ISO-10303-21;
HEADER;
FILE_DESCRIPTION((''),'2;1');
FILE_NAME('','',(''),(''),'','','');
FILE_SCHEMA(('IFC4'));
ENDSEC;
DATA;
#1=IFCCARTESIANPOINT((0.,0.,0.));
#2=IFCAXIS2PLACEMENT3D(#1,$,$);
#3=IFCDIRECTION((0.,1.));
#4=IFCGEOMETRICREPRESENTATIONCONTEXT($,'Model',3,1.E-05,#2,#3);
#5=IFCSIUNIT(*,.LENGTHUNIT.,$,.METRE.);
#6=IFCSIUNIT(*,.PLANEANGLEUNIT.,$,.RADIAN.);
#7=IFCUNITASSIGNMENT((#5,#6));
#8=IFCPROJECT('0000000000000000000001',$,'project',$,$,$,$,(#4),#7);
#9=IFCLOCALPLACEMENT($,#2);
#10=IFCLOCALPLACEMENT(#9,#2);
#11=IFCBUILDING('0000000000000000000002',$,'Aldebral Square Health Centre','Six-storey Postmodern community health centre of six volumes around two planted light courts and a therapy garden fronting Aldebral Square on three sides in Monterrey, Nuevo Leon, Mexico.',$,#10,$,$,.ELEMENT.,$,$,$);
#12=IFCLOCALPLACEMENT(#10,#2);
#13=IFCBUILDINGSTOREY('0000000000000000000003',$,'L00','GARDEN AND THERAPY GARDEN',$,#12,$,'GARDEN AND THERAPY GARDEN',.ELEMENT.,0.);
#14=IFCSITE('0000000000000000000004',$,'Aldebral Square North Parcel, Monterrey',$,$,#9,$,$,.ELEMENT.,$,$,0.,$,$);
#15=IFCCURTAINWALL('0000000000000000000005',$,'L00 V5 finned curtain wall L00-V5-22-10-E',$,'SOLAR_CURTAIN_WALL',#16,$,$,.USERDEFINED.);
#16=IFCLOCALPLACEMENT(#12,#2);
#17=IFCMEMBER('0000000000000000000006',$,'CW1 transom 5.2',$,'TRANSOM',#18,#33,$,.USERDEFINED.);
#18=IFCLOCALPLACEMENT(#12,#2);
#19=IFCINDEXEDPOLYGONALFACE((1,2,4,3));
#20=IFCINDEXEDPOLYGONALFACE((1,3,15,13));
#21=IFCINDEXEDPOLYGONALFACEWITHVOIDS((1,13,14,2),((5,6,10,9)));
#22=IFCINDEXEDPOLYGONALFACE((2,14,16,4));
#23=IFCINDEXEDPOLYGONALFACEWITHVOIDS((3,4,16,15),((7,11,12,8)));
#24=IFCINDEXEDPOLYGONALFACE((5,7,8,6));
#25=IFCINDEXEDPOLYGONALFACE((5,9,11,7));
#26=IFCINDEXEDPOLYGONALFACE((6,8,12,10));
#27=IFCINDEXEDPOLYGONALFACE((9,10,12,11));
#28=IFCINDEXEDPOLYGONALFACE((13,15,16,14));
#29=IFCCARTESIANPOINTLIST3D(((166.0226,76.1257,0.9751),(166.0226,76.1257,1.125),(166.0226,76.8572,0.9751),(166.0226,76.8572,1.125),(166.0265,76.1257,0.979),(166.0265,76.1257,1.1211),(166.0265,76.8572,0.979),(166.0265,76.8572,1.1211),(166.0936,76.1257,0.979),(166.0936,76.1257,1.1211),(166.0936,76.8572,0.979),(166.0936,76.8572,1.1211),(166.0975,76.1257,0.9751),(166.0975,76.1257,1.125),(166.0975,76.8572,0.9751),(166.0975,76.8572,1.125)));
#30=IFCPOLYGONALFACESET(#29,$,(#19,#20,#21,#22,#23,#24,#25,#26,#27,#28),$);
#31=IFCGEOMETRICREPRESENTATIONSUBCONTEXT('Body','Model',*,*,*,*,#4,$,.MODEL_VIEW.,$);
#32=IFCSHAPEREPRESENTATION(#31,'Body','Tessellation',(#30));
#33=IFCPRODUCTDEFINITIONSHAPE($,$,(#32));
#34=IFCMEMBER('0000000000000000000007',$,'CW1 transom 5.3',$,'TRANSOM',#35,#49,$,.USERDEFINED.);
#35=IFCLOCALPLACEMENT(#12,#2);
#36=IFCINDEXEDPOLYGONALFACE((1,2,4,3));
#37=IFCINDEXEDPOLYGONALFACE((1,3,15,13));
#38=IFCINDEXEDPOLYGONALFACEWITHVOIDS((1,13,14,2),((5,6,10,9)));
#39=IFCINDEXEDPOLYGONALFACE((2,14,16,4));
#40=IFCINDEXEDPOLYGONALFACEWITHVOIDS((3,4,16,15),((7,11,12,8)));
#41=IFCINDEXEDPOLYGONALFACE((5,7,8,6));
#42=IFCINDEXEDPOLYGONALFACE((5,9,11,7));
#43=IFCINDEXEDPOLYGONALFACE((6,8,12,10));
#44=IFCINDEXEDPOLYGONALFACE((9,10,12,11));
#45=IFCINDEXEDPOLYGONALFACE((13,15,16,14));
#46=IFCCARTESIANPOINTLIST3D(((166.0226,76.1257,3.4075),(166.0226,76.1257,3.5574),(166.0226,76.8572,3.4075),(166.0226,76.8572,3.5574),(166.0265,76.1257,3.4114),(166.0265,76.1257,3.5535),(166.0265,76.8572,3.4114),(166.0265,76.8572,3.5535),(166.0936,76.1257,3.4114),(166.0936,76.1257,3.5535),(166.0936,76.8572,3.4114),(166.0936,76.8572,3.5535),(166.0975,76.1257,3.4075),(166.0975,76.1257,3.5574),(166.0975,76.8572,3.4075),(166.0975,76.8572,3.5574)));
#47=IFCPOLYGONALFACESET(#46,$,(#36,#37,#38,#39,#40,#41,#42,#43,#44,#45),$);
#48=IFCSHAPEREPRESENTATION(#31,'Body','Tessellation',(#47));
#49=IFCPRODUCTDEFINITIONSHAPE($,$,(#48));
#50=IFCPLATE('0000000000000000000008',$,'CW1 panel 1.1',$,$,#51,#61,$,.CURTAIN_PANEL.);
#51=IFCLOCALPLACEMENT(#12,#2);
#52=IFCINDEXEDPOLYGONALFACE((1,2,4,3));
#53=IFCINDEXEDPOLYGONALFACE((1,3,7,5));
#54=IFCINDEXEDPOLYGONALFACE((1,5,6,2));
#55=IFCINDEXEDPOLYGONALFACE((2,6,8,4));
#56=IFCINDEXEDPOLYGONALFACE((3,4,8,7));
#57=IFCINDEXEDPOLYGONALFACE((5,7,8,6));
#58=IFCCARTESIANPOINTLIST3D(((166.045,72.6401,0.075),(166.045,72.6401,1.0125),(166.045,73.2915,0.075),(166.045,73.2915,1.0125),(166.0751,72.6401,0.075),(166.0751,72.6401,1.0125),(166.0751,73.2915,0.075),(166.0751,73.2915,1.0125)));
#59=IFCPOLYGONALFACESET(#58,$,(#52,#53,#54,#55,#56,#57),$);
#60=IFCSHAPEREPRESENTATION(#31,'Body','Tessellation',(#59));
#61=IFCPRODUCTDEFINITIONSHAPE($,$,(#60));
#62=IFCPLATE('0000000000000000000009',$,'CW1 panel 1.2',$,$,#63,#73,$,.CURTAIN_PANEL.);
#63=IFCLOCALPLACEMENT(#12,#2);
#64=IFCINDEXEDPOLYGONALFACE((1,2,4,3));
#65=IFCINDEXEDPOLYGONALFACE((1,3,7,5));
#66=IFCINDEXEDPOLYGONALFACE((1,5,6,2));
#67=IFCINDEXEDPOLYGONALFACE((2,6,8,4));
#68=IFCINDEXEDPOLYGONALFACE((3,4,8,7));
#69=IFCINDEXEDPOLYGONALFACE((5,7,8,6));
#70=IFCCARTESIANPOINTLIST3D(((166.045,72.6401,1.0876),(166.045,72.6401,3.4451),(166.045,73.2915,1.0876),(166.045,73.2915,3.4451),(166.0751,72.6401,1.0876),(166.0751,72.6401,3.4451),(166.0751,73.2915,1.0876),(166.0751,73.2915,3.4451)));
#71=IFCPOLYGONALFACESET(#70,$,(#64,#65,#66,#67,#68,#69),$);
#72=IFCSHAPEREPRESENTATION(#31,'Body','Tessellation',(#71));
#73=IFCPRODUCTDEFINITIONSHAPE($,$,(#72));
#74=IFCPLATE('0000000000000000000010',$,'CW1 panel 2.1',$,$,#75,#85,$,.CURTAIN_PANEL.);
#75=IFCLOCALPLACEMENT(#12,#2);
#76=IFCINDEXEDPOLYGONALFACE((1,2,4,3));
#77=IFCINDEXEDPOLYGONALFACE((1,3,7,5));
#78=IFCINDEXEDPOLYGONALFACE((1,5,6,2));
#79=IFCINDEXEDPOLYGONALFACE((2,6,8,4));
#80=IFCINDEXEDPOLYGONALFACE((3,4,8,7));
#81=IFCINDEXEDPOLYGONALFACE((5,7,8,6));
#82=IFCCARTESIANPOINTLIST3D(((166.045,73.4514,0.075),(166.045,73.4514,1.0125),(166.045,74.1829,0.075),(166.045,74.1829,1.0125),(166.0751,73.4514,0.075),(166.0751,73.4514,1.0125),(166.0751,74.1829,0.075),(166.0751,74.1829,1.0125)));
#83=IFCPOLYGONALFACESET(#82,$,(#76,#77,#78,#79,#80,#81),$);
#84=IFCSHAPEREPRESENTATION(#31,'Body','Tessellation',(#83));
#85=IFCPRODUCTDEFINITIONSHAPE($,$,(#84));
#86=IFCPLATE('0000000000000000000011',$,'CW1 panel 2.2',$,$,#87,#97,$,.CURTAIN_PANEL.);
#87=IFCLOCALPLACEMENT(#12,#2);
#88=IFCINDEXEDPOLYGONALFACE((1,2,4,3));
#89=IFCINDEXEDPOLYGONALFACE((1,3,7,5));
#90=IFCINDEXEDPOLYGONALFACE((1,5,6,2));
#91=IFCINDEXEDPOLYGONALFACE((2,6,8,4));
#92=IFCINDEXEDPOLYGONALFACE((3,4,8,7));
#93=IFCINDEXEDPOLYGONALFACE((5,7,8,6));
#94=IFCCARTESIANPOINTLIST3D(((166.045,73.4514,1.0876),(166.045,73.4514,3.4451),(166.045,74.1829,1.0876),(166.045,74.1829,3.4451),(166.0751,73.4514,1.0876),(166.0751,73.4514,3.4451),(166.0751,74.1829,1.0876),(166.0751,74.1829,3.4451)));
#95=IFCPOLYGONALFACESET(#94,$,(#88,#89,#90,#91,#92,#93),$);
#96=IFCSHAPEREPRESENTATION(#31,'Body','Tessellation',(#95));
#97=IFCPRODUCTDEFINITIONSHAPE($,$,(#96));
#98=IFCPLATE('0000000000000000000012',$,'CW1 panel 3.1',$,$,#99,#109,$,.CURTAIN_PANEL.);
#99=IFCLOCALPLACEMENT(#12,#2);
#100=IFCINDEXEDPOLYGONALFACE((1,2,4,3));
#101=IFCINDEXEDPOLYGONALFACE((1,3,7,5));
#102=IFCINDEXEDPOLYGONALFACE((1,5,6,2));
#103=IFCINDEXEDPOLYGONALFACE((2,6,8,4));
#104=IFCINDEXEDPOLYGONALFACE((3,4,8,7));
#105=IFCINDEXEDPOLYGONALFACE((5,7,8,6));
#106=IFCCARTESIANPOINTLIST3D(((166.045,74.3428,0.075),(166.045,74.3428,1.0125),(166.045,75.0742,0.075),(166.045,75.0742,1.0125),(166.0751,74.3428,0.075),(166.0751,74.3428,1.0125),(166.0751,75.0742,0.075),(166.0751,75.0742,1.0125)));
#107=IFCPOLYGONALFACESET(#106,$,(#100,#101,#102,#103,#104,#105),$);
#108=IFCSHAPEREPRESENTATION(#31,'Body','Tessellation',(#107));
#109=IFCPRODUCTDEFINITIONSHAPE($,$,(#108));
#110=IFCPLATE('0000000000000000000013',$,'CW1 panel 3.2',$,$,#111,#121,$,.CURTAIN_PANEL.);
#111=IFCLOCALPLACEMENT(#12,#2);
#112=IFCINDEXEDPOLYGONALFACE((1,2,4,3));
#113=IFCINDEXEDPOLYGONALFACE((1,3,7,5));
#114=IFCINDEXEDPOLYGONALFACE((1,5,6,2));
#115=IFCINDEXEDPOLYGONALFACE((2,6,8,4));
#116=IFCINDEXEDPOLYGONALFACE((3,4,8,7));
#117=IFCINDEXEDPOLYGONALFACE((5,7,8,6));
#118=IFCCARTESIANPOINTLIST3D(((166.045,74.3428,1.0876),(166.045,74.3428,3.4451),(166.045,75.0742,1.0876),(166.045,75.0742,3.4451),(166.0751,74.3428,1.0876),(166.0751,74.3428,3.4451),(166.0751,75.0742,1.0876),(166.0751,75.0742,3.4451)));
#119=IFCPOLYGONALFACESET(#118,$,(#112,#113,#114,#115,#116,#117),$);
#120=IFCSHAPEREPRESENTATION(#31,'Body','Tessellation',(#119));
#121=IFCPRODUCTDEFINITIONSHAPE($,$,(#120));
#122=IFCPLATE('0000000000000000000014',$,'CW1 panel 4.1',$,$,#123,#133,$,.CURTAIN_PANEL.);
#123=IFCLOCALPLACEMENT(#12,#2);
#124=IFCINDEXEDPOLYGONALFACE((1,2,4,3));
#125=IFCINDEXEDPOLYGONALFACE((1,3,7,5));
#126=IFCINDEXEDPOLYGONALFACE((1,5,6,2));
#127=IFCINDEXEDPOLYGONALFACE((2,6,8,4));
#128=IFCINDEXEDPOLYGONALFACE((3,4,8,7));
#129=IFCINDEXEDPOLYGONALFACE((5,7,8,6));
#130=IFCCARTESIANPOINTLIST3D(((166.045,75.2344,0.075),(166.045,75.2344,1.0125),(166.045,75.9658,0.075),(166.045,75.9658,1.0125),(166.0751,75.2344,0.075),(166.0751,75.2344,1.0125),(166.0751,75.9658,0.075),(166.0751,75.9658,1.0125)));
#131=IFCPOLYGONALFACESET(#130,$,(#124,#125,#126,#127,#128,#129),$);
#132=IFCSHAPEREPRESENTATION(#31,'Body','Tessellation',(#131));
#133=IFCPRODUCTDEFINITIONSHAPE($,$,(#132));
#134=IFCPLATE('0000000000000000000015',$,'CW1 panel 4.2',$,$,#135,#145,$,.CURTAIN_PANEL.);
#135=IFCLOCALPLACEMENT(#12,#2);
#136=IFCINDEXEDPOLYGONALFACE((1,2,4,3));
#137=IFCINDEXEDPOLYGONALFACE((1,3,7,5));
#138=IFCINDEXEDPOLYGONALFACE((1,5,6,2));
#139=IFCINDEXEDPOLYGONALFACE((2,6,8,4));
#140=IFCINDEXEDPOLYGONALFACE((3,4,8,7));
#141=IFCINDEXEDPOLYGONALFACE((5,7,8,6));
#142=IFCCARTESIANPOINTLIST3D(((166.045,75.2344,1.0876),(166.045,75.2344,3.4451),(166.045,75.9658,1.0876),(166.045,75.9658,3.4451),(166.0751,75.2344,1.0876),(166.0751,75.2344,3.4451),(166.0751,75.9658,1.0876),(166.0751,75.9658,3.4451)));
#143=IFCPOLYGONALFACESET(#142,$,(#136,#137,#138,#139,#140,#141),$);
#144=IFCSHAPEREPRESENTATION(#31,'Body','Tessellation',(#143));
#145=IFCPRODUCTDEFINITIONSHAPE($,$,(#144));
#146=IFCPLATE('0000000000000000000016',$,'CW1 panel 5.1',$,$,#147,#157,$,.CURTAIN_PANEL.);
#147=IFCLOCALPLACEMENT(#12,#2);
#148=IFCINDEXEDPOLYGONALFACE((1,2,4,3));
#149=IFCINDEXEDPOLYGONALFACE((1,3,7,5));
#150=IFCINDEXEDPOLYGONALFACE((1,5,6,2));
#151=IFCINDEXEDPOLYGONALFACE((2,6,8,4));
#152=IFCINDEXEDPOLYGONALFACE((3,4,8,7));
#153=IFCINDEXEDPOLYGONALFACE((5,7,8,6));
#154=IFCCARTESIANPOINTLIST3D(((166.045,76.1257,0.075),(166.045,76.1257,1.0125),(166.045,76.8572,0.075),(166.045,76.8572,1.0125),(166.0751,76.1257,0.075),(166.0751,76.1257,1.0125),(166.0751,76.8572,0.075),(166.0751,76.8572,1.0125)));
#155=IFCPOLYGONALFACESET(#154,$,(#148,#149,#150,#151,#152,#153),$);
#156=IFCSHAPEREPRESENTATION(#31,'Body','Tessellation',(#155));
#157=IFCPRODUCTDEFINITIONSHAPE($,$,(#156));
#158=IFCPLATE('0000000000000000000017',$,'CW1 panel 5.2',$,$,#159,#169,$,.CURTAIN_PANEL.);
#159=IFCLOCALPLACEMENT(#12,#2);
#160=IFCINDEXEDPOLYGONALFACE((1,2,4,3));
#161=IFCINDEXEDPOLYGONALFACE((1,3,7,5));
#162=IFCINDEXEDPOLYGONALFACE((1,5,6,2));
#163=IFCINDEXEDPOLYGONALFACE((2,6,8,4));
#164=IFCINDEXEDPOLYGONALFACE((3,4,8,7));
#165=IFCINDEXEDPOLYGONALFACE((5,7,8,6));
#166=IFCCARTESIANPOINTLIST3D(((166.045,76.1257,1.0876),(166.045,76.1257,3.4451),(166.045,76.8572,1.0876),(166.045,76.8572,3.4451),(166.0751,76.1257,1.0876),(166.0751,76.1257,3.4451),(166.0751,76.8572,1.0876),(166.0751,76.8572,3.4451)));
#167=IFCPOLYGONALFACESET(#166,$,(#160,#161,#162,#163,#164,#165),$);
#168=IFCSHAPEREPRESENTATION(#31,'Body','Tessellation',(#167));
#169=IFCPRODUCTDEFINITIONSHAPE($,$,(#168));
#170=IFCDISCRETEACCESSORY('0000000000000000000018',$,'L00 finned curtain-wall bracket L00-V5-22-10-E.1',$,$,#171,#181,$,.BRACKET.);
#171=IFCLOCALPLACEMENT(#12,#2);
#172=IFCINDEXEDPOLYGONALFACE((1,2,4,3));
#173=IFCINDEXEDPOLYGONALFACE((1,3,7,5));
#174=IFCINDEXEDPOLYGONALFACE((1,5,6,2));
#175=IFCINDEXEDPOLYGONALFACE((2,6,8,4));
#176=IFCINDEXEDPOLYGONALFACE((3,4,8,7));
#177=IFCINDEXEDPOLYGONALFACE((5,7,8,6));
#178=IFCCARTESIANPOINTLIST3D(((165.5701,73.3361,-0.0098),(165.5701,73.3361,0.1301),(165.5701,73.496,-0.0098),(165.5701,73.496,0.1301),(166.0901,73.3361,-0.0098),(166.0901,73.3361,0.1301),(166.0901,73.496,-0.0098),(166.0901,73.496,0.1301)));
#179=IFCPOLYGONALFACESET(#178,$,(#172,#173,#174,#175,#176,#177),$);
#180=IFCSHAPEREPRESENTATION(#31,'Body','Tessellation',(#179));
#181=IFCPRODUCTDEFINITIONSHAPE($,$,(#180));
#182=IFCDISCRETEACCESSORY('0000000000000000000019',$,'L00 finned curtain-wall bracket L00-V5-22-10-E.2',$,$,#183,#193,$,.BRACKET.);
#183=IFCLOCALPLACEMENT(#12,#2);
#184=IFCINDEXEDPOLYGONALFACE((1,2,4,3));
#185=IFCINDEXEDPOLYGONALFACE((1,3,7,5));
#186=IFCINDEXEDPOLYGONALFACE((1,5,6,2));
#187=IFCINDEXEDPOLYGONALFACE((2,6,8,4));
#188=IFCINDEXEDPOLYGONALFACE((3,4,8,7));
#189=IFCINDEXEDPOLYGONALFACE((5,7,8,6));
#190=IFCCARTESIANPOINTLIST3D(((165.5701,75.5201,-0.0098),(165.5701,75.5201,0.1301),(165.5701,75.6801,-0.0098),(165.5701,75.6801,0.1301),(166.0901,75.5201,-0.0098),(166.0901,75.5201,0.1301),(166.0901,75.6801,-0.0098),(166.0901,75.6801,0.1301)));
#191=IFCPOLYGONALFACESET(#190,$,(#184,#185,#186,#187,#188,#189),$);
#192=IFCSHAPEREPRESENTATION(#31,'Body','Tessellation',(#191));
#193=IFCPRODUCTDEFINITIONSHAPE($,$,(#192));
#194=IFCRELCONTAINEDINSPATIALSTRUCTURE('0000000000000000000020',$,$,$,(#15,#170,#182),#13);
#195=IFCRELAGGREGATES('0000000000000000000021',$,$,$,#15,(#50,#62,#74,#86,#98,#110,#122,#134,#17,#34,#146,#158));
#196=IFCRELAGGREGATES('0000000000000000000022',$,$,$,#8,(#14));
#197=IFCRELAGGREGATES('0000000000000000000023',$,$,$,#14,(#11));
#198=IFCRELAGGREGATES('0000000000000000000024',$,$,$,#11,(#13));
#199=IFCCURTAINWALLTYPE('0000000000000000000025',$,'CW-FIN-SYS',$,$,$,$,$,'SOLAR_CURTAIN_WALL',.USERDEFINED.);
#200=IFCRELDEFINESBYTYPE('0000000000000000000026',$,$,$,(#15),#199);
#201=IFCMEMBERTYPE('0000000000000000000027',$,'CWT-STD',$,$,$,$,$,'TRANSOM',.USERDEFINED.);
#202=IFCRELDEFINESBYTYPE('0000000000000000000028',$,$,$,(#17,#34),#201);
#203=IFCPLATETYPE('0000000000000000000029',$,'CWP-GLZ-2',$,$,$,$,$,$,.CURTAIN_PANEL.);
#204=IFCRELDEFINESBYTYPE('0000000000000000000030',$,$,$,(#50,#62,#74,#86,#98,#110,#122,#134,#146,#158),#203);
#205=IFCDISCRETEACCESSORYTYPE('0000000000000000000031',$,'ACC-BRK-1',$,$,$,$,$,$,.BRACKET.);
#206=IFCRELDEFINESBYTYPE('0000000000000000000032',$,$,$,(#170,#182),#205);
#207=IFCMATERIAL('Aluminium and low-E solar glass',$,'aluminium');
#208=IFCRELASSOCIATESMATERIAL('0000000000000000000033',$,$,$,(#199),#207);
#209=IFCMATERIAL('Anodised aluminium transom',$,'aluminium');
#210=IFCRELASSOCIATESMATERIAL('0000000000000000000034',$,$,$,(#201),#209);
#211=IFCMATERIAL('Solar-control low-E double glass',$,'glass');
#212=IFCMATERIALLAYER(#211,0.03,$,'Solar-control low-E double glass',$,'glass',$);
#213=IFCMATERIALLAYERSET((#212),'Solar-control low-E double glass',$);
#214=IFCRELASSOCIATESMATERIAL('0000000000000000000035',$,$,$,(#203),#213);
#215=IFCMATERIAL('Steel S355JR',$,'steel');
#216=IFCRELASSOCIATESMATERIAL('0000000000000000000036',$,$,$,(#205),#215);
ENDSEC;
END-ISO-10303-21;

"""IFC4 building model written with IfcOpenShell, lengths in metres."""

from ifc_helpers import new_model, si_unit, direction, frame, origin, origin_2d, place, context, subcontext, project, spatial, rectangle, hollow_rectangle, extrude, material, layer, layer_set, material_profile, profile_set, type_object, element, aggregate, save


model = new_model("IFC4")

# Units and contexts
model_context = context("Model", 3, precision=1e-05, world=origin(), true_north=direction((0.0, 1.0)))
body_context = subcontext(model_context, "Body", "Model", "MODEL_VIEW")
ifc_project = project(units=[si_unit("LENGTHUNIT", "METRE"), si_unit("PLANEANGLEUNIT", "RADIAN")], contexts=[model_context])

# Site, building, storey
site_placement = place(None, origin())
site = spatial("IfcSite", under=ifc_project, at=site_placement, Name="Aldebral Square North Parcel, Monterrey", CompositionType="ELEMENT", RefElevation=0.0)
building_placement = place(site_placement, origin())
building = spatial("IfcBuilding", under=site, at=building_placement, Name="Aldebral Square Health Centre", Description="Six-storey Postmodern community health centre of six volumes around two planted light courts and a therapy garden fronting Aldebral Square on three sides in Monterrey, Nuevo Leon, Mexico.", CompositionType="ELEMENT")
storey_placement = place(building_placement, origin())
storey = spatial("IfcBuildingStorey", under=building, at=storey_placement, Name="L00", Description="GARDEN AND THERAPY GARDEN", LongName="GARDEN AND THERAPY GARDEN", CompositionType="ELEMENT", Elevation=0.0)

# Curtain wall, members, plates
ifc_material_1 = material(Name="Aluminium and low-E solar glass", Category="aluminium")
curtain_wall_type = type_object("IfcCurtainWallType", Name="CW-FIN-SYS", ElementType="SOLAR_CURTAIN_WALL", PredefinedType="USERDEFINED", material=ifc_material_1)
curtain_wall_placement = place(storey_placement, origin())
curtain_wall = element("IfcCurtainWall", 1, at=curtain_wall_placement, inside=storey, type_object=curtain_wall_type, Name="L00 V5 finned curtain wall L00-V5-22-10-E", ObjectType="SOLAR_CURTAIN_WALL", PredefinedType="USERDEFINED")
ifc_material_2 = material(Name="Anodised aluminium transom", Category="aluminium")
ifc_material_profile_1 = material_profile(ifc_material_2, hollow_rectangle(XDim=0.075, YDim=0.1499, WallThickness=0.0039, at=origin_2d()), Name="CWT 75x150x4")
ifc_profile_set_1 = profile_set([ifc_material_profile_1], Name="Anodised aluminium transom")
member_type_1 = type_object("IfcMemberType", Name="CWT-STD", ElementType="TRANSOM", PredefinedType="USERDEFINED", material=ifc_profile_set_1)
member_1_placement = place(storey_placement, frame((166.0601, 76.1257, 1.05), z_axis=(0.0, 1.0, 0.0), x_axis=(-1.0, 0.0, 0.0)))
member_1 = element("IfcMember", 2, at=member_1_placement, type_object=member_type_1, Name="CW1 transom 5.2", ObjectType="TRANSOM", PredefinedType="USERDEFINED", context=body_context, shape_type="SweptSolid", body=[
    extrude(hollow_rectangle(XDim=0.075, YDim=0.1499, WallThickness=0.0039, at=origin_2d()), origin(), (0.0, 0.0, 1.0), 0.7314),
])
member_2_placement = place(storey_placement, frame((166.0601, 76.1257, 3.4824), z_axis=(0.0, 1.0, 0.0), x_axis=(-1.0, 0.0, 0.0)))
member_2 = element("IfcMember", 3, at=member_2_placement, type_object=member_type_1, Name="CW1 transom 5.3", ObjectType="TRANSOM", PredefinedType="USERDEFINED", context=body_context, shape_type="SweptSolid", body=[
    extrude(hollow_rectangle(XDim=0.075, YDim=0.1499, WallThickness=0.0039, at=origin_2d()), origin(), (0.0, 0.0, 1.0), 0.7314),
])
ifc_material_3 = material(Name="Solar-control low-E double glass", Category="glass")
ifc_layer = layer(ifc_material_3, 0.03, Name="Solar-control low-E double glass", Category="glass")
ifc_layer_set = layer_set([ifc_layer], Name="Solar-control low-E double glass")
plate_type = type_object("IfcPlateType", Name="CWP-GLZ-2", PredefinedType="CURTAIN_PANEL", material=ifc_layer_set)
plate_1_placement = place(storey_placement, frame((166.0601, 72.9658, 0.075), z_axis=(0.0, 0.0, 1.0), x_axis=(0.0, 1.0, 0.0)))
plate_1 = element("IfcPlate", 4, at=plate_1_placement, type_object=plate_type, Name="CW1 panel 1.1", PredefinedType="CURTAIN_PANEL", context=body_context, shape_type="SweptSolid", body=[
    extrude(rectangle(XDim=0.6514, YDim=0.03, at=origin_2d()), origin(), (0.0, 0.0, 1.0), 0.9375),
])
plate_2_placement = place(storey_placement, frame((166.0601, 72.9658, 1.0876), z_axis=(0.0, 0.0, 1.0), x_axis=(0.0, 1.0, 0.0)))
plate_2 = element("IfcPlate", 5, at=plate_2_placement, type_object=plate_type, Name="CW1 panel 1.2", PredefinedType="CURTAIN_PANEL", context=body_context, shape_type="SweptSolid", body=[
    extrude(rectangle(XDim=0.6514, YDim=0.03, at=origin_2d()), origin(), (0.0, 0.0, 1.0), 2.3574),
])
plate_3_placement = place(storey_placement, frame((166.0601, 73.8171, 0.075), z_axis=(0.0, 0.0, 1.0), x_axis=(0.0, 1.0, 0.0)))
plate_3 = element("IfcPlate", 6, at=plate_3_placement, type_object=plate_type, Name="CW1 panel 2.1", PredefinedType="CURTAIN_PANEL", context=body_context, shape_type="SweptSolid", body=[
    extrude(rectangle(XDim=0.7314, YDim=0.03, at=origin_2d()), origin(), (0.0, 0.0, 1.0), 0.9375),
])
plate_4_placement = place(storey_placement, frame((166.0601, 73.8171, 1.0876), z_axis=(0.0, 0.0, 1.0), x_axis=(0.0, 1.0, 0.0)))
plate_4 = element("IfcPlate", 7, at=plate_4_placement, type_object=plate_type, Name="CW1 panel 2.2", PredefinedType="CURTAIN_PANEL", context=body_context, shape_type="SweptSolid", body=[
    extrude(rectangle(XDim=0.7314, YDim=0.03, at=origin_2d()), origin(), (0.0, 0.0, 1.0), 2.3574),
])
plate_5_placement = place(storey_placement, frame((166.0601, 74.7085, 0.075), z_axis=(0.0, 0.0, 1.0), x_axis=(0.0, 1.0, 0.0)))
plate_5 = element("IfcPlate", 8, at=plate_5_placement, type_object=plate_type, Name="CW1 panel 3.1", PredefinedType="CURTAIN_PANEL", context=body_context, shape_type="SweptSolid", body=[
    extrude(rectangle(XDim=0.7314, YDim=0.03, at=origin_2d()), origin(), (0.0, 0.0, 1.0), 0.9375),
])
plate_6_placement = place(storey_placement, frame((166.0601, 74.7085, 1.0876), z_axis=(0.0, 0.0, 1.0), x_axis=(0.0, 1.0, 0.0)))
plate_6 = element("IfcPlate", 9, at=plate_6_placement, type_object=plate_type, Name="CW1 panel 3.2", PredefinedType="CURTAIN_PANEL", context=body_context, shape_type="SweptSolid", body=[
    extrude(rectangle(XDim=0.7314, YDim=0.03, at=origin_2d()), origin(), (0.0, 0.0, 1.0), 2.3574),
])
plate_7_placement = place(storey_placement, frame((166.0601, 75.6001, 0.075), z_axis=(0.0, 0.0, 1.0), x_axis=(0.0, 1.0, 0.0)))
plate_7 = element("IfcPlate", 10, at=plate_7_placement, type_object=plate_type, Name="CW1 panel 4.1", PredefinedType="CURTAIN_PANEL", context=body_context, shape_type="SweptSolid", body=[
    extrude(rectangle(XDim=0.7314, YDim=0.03, at=origin_2d()), origin(), (0.0, 0.0, 1.0), 0.9375),
])
plate_8_placement = place(storey_placement, frame((166.0601, 75.6001, 1.0876), z_axis=(0.0, 0.0, 1.0), x_axis=(0.0, 1.0, 0.0)))
plate_8 = element("IfcPlate", 11, at=plate_8_placement, type_object=plate_type, Name="CW1 panel 4.2", PredefinedType="CURTAIN_PANEL", context=body_context, shape_type="SweptSolid", body=[
    extrude(rectangle(XDim=0.7314, YDim=0.03, at=origin_2d()), origin(), (0.0, 0.0, 1.0), 2.3574),
])
plate_9_placement = place(storey_placement, frame((166.0601, 76.4915, 0.075), z_axis=(0.0, 0.0, 1.0), x_axis=(0.0, 1.0, 0.0)))
plate_9 = element("IfcPlate", 12, at=plate_9_placement, type_object=plate_type, Name="CW1 panel 5.1", PredefinedType="CURTAIN_PANEL", context=body_context, shape_type="SweptSolid", body=[
    extrude(rectangle(XDim=0.7314, YDim=0.03, at=origin_2d()), origin(), (0.0, 0.0, 1.0), 0.9375),
])
plate_10_placement = place(storey_placement, frame((166.0601, 76.4915, 1.0876), z_axis=(0.0, 0.0, 1.0), x_axis=(0.0, 1.0, 0.0)))
plate_10 = element("IfcPlate", 13, at=plate_10_placement, type_object=plate_type, Name="CW1 panel 5.2", PredefinedType="CURTAIN_PANEL", context=body_context, shape_type="SweptSolid", body=[
    extrude(rectangle(XDim=0.7314, YDim=0.03, at=origin_2d()), origin(), (0.0, 0.0, 1.0), 2.3574),
])
aggregate(curtain_wall, [plate_1, plate_2, plate_3, plate_4, plate_5, plate_6, plate_7, plate_8, member_1, member_2, plate_9, plate_10])

# Discrete accessories
ifc_material_4 = material(Name="Steel S355JR", Category="steel")
discrete_accessory_type = type_object("IfcDiscreteAccessoryType", Name="ACC-BRK-1", PredefinedType="BRACKET", material=ifc_material_4)
for number, where, z_axis, x_axis, name in (
    (14, (165.8301, 73.416, -0.0098), (0.0, 0.0, 1.0), (0.0, 1.0, 0.0), "L00 finned curtain-wall bracket L00-V5-22-10-E.1"),
    (15, (165.8301, 75.6001, -0.0098), (0.0, 0.0, 1.0), (0.0, 1.0, 0.0), "L00 finned curtain-wall bracket L00-V5-22-10-E.2"),
):
    element("IfcDiscreteAccessory", number, at=place(storey_placement, frame(where, z_axis=z_axis, x_axis=x_axis)), inside=storey, type_object=discrete_accessory_type, Name=name, PredefinedType="BRACKET", context=body_context, shape_type="SweptSolid", body=[
        extrude(rectangle(XDim=0.1599, YDim=0.52, at=origin_2d()), origin(), (0.0, 0.0, 1.0), 0.1399),
    ])

save(model, "model.ifc")
